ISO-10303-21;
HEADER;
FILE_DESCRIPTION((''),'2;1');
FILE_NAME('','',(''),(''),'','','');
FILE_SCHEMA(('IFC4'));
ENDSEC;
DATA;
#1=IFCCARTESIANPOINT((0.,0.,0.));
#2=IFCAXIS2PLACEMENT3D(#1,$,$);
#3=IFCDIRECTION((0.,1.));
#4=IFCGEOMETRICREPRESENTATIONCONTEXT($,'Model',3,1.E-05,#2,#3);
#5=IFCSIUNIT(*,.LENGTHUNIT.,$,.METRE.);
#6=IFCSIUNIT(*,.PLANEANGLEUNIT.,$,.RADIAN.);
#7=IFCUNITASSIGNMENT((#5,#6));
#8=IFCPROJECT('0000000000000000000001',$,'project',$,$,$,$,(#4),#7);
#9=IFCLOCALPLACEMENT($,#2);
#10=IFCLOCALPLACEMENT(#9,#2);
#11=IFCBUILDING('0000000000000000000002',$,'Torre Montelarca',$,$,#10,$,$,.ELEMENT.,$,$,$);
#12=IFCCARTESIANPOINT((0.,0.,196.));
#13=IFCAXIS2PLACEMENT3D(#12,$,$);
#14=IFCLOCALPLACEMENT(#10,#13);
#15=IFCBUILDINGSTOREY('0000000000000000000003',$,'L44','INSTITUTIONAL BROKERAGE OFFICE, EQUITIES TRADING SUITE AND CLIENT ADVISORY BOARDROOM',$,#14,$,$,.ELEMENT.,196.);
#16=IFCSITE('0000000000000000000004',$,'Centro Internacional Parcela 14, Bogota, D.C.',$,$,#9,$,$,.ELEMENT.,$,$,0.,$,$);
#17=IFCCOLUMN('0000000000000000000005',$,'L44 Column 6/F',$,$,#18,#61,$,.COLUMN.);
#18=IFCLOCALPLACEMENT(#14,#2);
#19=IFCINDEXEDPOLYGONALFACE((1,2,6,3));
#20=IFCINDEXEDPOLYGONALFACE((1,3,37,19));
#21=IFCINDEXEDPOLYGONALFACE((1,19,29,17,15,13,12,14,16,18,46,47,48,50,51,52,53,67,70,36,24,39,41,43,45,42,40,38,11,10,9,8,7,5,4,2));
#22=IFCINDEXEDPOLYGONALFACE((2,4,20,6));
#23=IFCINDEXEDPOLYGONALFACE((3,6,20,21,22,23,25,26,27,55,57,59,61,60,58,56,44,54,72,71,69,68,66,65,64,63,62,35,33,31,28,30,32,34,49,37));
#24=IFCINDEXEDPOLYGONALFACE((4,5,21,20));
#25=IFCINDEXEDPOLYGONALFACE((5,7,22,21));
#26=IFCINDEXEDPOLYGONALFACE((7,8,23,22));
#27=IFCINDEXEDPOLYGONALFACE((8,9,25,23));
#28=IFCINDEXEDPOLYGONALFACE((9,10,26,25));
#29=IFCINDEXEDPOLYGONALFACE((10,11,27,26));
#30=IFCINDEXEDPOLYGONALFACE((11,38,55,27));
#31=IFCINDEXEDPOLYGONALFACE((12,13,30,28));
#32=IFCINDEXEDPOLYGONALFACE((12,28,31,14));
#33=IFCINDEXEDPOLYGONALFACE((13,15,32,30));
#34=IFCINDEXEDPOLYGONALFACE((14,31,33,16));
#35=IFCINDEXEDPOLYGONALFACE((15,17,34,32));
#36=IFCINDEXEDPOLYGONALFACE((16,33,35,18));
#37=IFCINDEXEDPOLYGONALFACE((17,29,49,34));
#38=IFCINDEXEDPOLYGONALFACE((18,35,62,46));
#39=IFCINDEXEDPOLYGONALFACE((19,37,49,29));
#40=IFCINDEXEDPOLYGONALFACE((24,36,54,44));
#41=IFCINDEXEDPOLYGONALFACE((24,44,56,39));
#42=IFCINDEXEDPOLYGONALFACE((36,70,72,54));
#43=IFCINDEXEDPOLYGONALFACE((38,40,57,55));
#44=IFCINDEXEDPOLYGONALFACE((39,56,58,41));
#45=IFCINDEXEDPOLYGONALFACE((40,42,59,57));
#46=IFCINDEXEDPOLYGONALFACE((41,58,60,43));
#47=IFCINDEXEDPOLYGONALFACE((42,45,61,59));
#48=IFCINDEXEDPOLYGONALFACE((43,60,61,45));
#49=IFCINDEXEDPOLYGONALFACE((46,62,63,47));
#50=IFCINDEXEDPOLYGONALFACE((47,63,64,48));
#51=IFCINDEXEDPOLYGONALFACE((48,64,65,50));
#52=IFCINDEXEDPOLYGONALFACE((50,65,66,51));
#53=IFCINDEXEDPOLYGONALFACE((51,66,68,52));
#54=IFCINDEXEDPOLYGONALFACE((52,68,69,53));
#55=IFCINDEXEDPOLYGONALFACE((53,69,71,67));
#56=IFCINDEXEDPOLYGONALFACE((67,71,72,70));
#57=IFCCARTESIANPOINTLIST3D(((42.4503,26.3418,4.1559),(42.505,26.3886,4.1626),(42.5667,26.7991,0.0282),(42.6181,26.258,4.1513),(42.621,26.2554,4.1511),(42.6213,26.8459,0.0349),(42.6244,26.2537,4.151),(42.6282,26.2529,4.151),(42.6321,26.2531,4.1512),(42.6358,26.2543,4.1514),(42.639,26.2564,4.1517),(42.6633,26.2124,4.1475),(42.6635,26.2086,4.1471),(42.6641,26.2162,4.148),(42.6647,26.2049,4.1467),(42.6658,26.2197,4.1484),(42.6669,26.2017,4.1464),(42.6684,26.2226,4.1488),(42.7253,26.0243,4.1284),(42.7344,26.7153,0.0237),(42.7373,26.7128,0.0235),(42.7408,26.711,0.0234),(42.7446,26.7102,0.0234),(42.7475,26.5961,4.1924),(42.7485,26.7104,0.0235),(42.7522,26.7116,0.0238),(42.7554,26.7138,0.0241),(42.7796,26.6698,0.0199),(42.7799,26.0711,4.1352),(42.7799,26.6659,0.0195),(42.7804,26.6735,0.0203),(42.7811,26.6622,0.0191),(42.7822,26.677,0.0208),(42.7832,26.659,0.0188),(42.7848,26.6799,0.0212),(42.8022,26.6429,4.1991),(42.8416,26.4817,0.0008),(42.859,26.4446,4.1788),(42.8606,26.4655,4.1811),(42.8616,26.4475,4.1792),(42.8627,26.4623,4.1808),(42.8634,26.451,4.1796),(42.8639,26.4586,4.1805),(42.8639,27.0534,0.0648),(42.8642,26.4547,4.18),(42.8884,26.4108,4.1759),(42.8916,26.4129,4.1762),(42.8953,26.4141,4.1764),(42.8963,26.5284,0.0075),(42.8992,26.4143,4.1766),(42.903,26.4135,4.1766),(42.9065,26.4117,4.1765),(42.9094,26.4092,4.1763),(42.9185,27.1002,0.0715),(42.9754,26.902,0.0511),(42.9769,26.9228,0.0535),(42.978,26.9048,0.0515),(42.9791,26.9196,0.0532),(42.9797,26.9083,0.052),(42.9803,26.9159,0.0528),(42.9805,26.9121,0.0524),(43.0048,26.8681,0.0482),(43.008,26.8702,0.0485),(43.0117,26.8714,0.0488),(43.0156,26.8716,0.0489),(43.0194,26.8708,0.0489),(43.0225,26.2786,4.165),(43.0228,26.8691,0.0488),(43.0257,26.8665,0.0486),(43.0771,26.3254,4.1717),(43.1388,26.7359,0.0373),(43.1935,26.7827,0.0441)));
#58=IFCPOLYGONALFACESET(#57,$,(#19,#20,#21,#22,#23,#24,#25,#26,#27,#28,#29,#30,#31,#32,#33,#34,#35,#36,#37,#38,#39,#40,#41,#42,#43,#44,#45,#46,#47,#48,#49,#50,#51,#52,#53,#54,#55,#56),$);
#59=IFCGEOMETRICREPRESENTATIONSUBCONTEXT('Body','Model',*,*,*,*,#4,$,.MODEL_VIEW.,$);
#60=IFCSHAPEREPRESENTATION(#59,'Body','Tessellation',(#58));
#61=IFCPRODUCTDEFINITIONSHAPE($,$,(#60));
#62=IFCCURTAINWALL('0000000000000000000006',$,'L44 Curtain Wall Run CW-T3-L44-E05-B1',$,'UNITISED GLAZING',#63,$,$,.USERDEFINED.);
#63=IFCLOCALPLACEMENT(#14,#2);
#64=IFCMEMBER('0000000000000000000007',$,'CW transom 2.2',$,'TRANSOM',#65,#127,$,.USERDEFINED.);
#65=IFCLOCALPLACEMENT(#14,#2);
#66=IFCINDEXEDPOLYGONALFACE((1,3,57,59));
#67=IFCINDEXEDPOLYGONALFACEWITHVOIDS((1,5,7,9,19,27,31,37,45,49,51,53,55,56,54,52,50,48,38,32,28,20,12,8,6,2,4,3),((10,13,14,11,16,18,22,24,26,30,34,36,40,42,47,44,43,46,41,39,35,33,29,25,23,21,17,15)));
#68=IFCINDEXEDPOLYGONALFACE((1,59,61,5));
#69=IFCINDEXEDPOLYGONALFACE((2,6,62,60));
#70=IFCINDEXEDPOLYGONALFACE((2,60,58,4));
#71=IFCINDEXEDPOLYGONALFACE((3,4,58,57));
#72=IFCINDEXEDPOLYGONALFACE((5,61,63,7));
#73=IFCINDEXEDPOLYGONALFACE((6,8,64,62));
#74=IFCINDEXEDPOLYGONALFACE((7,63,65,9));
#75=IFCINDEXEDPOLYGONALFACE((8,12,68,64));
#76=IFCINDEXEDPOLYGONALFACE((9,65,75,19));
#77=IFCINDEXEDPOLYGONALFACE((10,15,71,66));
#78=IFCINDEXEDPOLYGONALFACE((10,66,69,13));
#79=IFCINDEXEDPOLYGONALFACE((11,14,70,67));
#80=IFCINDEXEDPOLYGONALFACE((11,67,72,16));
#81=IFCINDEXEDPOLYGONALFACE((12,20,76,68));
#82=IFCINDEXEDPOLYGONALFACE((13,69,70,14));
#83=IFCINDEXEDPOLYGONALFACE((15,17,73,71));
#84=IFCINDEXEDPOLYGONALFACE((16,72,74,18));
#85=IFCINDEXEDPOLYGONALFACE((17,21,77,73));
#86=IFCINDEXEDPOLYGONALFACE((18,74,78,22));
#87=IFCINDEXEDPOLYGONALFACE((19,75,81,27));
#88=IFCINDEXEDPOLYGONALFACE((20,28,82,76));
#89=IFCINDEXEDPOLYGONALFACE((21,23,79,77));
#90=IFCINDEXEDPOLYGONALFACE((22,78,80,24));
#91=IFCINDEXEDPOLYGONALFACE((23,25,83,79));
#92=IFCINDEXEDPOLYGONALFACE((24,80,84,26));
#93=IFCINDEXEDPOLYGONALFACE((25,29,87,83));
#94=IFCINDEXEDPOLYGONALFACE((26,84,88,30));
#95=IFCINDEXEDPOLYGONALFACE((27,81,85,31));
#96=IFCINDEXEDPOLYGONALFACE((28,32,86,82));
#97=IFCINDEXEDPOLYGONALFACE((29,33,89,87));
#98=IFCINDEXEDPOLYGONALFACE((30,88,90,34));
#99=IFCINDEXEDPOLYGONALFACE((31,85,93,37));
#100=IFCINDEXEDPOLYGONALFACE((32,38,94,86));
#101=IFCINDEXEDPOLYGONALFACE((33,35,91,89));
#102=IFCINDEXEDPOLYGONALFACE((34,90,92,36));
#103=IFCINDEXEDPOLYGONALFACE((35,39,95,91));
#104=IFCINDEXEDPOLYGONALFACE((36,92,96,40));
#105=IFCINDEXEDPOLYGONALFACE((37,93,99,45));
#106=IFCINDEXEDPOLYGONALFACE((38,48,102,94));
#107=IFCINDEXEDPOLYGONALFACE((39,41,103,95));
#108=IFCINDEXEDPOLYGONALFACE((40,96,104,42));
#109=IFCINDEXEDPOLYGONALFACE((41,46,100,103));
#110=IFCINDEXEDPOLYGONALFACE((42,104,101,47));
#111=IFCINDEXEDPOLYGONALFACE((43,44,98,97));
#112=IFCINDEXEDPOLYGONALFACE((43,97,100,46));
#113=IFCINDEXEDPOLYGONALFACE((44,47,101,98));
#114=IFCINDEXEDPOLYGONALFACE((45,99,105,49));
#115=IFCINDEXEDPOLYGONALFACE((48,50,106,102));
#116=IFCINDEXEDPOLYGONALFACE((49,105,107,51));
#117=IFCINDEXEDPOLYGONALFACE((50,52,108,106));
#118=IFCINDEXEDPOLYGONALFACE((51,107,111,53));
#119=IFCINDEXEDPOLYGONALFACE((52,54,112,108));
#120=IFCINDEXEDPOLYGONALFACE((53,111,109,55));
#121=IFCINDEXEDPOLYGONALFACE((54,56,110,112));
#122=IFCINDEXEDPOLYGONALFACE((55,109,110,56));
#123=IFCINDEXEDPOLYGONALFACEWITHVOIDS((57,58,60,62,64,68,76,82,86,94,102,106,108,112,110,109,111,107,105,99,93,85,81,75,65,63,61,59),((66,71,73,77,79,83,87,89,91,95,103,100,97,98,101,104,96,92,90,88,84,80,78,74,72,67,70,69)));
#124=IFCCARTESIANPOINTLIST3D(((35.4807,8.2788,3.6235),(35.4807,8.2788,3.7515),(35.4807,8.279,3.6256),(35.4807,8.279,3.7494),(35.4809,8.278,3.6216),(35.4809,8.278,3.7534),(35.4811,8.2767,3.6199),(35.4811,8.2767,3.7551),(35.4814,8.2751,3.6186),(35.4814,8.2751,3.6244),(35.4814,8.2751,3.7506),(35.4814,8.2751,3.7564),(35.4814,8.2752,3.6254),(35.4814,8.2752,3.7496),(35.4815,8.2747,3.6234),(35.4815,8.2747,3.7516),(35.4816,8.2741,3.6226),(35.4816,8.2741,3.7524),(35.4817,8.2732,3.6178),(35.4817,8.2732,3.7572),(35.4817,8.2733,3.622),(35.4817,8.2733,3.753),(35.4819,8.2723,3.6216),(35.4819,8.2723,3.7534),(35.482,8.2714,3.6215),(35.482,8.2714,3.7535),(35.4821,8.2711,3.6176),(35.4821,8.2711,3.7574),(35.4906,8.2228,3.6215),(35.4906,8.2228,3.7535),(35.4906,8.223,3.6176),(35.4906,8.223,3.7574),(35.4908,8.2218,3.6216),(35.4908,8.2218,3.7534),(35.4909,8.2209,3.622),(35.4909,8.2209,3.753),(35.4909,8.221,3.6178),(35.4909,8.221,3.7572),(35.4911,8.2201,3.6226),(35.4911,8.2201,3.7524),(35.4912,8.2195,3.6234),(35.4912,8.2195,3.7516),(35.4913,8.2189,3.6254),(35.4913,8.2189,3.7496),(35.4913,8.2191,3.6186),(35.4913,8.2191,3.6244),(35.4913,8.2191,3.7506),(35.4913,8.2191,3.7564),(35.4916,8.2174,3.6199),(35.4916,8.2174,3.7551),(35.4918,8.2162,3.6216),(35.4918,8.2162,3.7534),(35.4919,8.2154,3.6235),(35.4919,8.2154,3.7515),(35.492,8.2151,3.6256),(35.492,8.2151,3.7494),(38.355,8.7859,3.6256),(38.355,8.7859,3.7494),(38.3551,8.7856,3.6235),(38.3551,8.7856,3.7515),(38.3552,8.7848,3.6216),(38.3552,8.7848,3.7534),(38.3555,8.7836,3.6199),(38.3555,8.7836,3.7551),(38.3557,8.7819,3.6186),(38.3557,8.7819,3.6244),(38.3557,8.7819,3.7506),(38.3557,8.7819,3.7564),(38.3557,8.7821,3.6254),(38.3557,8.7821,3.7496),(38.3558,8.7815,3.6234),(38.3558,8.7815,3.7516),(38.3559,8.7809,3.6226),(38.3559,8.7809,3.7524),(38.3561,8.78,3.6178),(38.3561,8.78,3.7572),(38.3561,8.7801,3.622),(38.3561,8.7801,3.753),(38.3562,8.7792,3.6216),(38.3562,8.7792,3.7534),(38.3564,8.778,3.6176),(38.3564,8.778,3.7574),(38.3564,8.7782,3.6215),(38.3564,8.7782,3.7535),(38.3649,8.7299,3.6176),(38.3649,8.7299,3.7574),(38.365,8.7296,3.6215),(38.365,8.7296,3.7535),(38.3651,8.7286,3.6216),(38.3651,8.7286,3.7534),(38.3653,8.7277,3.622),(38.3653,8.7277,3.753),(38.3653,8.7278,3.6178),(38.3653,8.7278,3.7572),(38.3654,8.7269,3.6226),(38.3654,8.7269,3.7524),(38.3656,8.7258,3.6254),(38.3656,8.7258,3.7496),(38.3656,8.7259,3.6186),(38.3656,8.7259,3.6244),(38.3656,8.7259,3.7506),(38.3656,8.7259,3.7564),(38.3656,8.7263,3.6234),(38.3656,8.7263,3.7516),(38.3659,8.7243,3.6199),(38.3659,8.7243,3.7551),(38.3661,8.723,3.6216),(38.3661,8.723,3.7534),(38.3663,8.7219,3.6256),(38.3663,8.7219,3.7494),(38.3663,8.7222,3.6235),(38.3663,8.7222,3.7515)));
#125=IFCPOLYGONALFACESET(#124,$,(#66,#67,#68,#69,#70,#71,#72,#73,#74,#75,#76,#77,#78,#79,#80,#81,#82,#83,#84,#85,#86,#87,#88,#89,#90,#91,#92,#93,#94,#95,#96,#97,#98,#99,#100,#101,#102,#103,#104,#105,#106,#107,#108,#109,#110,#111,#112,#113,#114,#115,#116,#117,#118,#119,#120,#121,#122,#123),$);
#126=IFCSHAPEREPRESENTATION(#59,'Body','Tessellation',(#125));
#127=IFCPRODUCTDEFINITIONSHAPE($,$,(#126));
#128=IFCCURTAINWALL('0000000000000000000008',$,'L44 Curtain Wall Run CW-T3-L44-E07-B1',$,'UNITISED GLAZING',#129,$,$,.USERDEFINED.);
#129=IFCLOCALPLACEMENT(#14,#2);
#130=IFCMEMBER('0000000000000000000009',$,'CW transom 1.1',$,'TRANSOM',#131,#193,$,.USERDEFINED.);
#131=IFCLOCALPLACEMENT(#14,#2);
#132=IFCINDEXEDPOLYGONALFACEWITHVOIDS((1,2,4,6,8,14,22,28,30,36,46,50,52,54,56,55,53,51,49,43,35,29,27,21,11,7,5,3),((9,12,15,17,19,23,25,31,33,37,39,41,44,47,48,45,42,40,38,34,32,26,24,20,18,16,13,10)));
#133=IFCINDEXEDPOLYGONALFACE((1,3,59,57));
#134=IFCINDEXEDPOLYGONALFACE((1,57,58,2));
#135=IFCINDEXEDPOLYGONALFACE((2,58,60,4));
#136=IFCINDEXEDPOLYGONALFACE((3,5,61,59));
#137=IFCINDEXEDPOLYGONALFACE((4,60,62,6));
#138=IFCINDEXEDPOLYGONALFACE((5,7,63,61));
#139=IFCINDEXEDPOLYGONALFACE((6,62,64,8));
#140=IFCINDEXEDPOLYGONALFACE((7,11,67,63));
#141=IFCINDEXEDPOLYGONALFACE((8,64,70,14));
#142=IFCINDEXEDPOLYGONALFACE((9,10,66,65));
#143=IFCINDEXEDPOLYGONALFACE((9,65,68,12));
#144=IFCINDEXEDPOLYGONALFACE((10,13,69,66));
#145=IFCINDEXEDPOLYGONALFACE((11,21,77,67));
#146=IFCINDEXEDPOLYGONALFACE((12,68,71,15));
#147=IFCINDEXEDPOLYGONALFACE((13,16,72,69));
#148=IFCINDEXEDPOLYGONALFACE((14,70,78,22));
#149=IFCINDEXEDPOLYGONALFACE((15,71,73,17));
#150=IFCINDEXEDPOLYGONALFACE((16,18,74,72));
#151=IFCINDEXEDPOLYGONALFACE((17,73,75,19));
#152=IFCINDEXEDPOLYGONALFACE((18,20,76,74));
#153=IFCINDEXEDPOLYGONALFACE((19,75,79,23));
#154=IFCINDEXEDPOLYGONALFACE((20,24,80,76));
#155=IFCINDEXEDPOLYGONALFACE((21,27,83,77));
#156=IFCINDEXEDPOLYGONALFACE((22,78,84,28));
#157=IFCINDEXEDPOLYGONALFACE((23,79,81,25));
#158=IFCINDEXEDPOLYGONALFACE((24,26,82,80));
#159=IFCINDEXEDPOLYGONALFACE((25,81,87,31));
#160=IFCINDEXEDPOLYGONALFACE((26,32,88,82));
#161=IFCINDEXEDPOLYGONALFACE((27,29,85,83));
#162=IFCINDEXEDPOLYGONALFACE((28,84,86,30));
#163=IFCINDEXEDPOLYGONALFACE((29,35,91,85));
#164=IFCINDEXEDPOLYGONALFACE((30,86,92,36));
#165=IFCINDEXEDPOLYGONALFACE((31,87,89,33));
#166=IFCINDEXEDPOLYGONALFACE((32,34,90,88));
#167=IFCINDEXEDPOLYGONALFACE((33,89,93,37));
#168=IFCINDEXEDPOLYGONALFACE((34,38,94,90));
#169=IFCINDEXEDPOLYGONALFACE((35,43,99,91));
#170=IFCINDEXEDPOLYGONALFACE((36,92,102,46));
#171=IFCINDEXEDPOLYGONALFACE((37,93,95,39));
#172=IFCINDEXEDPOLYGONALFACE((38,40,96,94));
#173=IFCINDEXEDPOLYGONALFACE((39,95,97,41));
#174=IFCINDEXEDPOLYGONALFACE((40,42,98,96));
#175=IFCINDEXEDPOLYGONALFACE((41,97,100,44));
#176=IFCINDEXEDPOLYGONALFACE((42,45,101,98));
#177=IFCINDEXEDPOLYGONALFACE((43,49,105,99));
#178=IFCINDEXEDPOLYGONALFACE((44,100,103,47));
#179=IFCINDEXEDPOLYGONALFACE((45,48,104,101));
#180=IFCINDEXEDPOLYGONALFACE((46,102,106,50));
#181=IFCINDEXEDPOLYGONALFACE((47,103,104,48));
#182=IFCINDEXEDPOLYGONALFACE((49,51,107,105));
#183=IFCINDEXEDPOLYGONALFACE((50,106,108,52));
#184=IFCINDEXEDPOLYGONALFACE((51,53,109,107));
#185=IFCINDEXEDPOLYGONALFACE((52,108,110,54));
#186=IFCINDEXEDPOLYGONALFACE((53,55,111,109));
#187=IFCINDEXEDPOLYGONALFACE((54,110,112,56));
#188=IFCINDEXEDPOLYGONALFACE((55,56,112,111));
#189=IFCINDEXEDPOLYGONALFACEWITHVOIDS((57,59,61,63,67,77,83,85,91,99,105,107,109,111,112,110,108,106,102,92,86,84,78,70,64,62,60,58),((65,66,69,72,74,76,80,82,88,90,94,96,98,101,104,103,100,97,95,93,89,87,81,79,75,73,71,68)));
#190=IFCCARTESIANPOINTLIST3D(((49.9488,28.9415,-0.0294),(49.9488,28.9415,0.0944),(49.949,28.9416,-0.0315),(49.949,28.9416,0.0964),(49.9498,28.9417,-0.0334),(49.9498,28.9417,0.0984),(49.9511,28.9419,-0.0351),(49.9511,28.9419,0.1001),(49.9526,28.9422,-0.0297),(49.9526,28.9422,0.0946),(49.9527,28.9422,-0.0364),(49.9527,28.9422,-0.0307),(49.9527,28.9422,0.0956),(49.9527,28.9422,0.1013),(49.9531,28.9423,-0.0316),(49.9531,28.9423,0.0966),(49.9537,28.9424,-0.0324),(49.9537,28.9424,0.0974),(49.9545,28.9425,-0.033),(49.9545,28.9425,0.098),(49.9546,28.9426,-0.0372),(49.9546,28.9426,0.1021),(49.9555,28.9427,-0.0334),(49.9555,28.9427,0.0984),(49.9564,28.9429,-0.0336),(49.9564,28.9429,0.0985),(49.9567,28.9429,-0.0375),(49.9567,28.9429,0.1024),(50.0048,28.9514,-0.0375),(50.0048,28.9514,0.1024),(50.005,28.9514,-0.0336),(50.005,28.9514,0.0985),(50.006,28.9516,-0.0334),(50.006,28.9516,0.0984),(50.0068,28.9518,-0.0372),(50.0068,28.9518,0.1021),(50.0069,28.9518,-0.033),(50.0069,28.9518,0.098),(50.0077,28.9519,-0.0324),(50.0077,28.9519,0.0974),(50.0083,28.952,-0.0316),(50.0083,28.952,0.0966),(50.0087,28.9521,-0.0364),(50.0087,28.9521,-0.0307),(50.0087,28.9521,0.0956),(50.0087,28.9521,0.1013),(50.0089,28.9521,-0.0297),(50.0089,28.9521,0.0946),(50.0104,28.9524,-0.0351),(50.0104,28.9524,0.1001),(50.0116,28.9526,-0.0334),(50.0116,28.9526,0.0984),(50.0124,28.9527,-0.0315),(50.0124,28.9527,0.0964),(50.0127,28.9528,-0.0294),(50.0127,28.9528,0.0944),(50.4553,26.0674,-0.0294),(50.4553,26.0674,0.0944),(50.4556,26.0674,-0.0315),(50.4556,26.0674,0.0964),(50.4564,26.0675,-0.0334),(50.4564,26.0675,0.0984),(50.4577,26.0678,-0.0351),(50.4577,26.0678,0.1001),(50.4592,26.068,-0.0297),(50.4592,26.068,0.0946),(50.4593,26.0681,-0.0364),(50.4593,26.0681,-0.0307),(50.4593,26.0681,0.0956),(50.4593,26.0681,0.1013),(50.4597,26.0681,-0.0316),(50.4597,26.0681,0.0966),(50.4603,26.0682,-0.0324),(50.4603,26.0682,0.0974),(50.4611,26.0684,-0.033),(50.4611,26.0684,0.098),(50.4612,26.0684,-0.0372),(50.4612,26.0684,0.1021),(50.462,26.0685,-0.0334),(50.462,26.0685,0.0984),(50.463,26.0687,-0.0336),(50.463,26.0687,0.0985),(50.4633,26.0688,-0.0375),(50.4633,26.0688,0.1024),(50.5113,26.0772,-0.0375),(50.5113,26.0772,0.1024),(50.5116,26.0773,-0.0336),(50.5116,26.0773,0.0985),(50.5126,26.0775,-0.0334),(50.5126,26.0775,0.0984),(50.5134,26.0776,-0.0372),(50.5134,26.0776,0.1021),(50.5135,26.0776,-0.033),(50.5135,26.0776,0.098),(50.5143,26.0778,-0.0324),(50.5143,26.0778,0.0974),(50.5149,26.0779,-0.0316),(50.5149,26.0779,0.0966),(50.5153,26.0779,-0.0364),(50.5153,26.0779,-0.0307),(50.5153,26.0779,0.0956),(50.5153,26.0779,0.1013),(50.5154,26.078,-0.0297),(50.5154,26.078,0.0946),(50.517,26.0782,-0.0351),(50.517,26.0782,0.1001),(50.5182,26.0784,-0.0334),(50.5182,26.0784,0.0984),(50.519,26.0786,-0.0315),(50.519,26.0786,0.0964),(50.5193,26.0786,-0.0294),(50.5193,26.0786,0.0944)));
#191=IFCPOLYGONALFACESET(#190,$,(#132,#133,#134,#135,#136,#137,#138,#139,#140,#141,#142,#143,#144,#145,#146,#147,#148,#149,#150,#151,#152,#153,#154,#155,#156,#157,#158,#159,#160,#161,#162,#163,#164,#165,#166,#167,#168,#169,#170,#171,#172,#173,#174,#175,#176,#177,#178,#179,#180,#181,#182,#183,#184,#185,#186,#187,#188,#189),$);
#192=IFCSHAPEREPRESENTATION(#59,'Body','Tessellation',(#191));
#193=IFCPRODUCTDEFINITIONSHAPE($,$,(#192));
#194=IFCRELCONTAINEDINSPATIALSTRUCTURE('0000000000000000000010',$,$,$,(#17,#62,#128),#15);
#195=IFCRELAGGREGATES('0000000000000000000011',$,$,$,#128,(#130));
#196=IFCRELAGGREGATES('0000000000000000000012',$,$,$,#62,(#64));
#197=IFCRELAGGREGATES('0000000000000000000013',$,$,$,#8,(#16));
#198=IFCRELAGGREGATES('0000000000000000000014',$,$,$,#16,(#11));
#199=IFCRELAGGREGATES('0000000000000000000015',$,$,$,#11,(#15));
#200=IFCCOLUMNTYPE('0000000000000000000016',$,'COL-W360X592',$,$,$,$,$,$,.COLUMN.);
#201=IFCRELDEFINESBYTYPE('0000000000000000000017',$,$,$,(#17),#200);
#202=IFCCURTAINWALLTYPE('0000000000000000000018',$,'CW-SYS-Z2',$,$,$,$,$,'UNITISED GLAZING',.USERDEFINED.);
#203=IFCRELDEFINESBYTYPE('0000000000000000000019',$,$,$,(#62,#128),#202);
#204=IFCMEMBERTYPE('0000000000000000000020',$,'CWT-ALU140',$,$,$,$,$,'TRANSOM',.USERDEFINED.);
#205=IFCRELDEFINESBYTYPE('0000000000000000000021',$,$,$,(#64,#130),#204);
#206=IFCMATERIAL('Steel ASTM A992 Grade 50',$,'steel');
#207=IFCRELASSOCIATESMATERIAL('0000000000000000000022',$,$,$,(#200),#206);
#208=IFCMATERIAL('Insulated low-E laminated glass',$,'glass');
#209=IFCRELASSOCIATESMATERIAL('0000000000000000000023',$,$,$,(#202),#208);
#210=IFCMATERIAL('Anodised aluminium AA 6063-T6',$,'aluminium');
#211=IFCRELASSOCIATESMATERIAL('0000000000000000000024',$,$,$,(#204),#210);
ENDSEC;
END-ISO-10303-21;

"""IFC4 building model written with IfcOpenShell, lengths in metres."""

from ifc_helpers import new_model, si_unit, direction, frame, origin, origin_2d, place, context, subcontext, project, spatial, hollow_rectangle, i_section, extrude, clip, halfspace, source, transform, mapped, material, material_profile, profile_set, type_object, element, aggregate, save


model = new_model("IFC4")

# Units and contexts
model_context = context("Model", 3, precision=1e-05, world=origin(), true_north=direction((0.0, 1.0)))
body_context = subcontext(model_context, "Body", "Model", "MODEL_VIEW")
ifc_project = project(units=[si_unit("LENGTHUNIT", "METRE"), si_unit("PLANEANGLEUNIT", "RADIAN")], contexts=[model_context])

# Site, building, storey
site_placement = place(None, origin())
site = spatial("IfcSite", under=ifc_project, at=site_placement, Name="Centro Internacional Parcela 14, Bogota, D.C.", CompositionType="ELEMENT", RefElevation=0.0)
building_placement = place(site_placement, origin())
building = spatial("IfcBuilding", under=site, at=building_placement, Name="Torre Montelarca", CompositionType="ELEMENT")
storey_placement = place(building_placement, frame((0.0, 0.0, 196.0)))
storey = spatial("IfcBuildingStorey", under=building, at=storey_placement, Name="L44", Description="INSTITUTIONAL BROKERAGE OFFICE, EQUITIES TRADING SUITE AND CLIENT ADVISORY BOARDROOM", CompositionType="ELEMENT", Elevation=196.0)

# Column
ifc_material_1 = material(Name="Steel ASTM A992 Grade 50", Category="steel")
ifc_material_profile_1 = material_profile(ifc_material_1, i_section(OverallWidth=0.4209, OverallDepth=0.4651, WebThickness=0.0449, FlangeThickness=0.0723, FilletRadius=0.0149, at=origin_2d()), Name="W360X592", Category="steel")
ifc_profile_set_1 = profile_set([ifc_material_profile_1], Name="Steel ASTM A992 Grade 50")
column_type_1 = type_object("IfcColumnType", Name="COL-W360X592", PredefinedType="COLUMN", material=ifc_profile_set_1)
column_1_placement = place(storey_placement, frame((42.8811, 26.7949, 0.0), z_axis=(-0.02801, -0.110078, 0.993528), x_axis=(-0.653325, 0.754269, 0.06515)))
element("IfcColumn", 1, at=column_1_placement, inside=storey, type_object=column_type_1, Name="L44 Column 6/F", PredefinedType="COLUMN", context=body_context, shape_type="Clipping", body=[
    clip(clip(extrude(i_section(OverallWidth=0.4209, OverallDepth=0.4651, WebThickness=0.0449, FlangeThickness=0.0723, FilletRadius=0.0149, at=origin_2d()), origin(), (0.0, 0.0, 1.0), 4.2273), halfspace(frame((0.0, 0.0, 0.0364), z_axis=(0.0, 0.0, -1.0), x_axis=(1.0, 0.0, 0.0)), False)), halfspace(frame((0.0, 0.0, 4.1909), z_axis=(0.0, 0.0, 1.0), x_axis=(1.0, 0.0, 0.0)), False)),
])

# Curtain wall, member
ifc_material_2 = material(Name="Insulated low-E laminated glass", Category="glass")
curtain_wall_type = type_object("IfcCurtainWallType", Name="CW-SYS-Z2", ElementType="UNITISED GLAZING", PredefinedType="USERDEFINED", material=ifc_material_2)
curtain_wall_1_placement = place(storey_placement, origin())
curtain_wall_1 = element("IfcCurtainWall", 2, at=curtain_wall_1_placement, inside=storey, type_object=curtain_wall_type, Name="L44 Curtain Wall Run CW-T3-L44-E05-B1", ObjectType="UNITISED GLAZING", PredefinedType="USERDEFINED")
ifc_material_3 = material(Name="Anodised aluminium AA 6063-T6", Category="aluminium")
ifc_material_profile_2 = material_profile(ifc_material_3, hollow_rectangle(XDim=0.0649, YDim=0.1399, WallThickness=0.0039, InnerFilletRadius=0.0039, OuterFilletRadius=0.0081, at=origin_2d()), Name="ALU65X140X4", Category="aluminium")
ifc_profile_set_2 = profile_set([ifc_material_profile_2], Name="Anodised aluminium AA 6063-T6")
member_type_1 = type_object("IfcMemberType", Name="CWT-ALU140", ElementType="TRANSOM", PredefinedType="USERDEFINED", material=ifc_profile_set_2)
shared_shape_1 = source(origin(), body_context, "Body", "SweptSolid", [
    extrude(hollow_rectangle(XDim=0.0649, YDim=0.1399, WallThickness=0.0039, InnerFilletRadius=0.0039, OuterFilletRadius=0.0081, at=origin_2d()), origin(), (0.0, 0.0, 1.0), 2.9187),
])
member_1_placement = place(storey_placement, frame((35.4863, 8.2471, 3.6875), z_axis=(0.984806, 0.173656, 0.0), x_axis=(-0.173656, 0.984806, 0.0)))
member_1 = element("IfcMember", 3, at=member_1_placement, type_object=member_type_1, Name="CW transom 2.2", ObjectType="TRANSOM", PredefinedType="USERDEFINED", context=body_context, shape_type="MappedRepresentation", body=[
    mapped(shared_shape_1, transform((0.0, 0.0, 0.0), scale=1.0)),
])

# Curtain wall, member
curtain_wall_2_placement = place(storey_placement, origin())
curtain_wall_2 = element("IfcCurtainWall", 4, at=curtain_wall_2_placement, inside=storey, type_object=curtain_wall_type, Name="L44 Curtain Wall Run CW-T3-L44-E07-B1", ObjectType="UNITISED GLAZING", PredefinedType="USERDEFINED")
shared_shape_2 = source(origin(), body_context, "Body", "SweptSolid", [
    extrude(hollow_rectangle(XDim=0.0649, YDim=0.1399, WallThickness=0.0039, InnerFilletRadius=0.0039, OuterFilletRadius=0.0081, at=origin_2d()), origin(), (0.0, 0.0, 1.0), 2.9185),
])
member_2_placement = place(storey_placement, frame((50.4873, 26.073, 0.0325), z_axis=(-0.173575, 0.984821, 0.0), x_axis=(-0.984821, -0.173575, 0.0)))
member_2 = element("IfcMember", 5, at=member_2_placement, type_object=member_type_1, Name="CW transom 1.1", ObjectType="TRANSOM", PredefinedType="USERDEFINED", context=body_context, shape_type="MappedRepresentation", body=[
    mapped(shared_shape_2, transform((0.0, 0.0, 0.0), scale=1.0)),
])

aggregate(curtain_wall_2, [member_2])

aggregate(curtain_wall_1, [member_1])

save(model, "model.ifc")
